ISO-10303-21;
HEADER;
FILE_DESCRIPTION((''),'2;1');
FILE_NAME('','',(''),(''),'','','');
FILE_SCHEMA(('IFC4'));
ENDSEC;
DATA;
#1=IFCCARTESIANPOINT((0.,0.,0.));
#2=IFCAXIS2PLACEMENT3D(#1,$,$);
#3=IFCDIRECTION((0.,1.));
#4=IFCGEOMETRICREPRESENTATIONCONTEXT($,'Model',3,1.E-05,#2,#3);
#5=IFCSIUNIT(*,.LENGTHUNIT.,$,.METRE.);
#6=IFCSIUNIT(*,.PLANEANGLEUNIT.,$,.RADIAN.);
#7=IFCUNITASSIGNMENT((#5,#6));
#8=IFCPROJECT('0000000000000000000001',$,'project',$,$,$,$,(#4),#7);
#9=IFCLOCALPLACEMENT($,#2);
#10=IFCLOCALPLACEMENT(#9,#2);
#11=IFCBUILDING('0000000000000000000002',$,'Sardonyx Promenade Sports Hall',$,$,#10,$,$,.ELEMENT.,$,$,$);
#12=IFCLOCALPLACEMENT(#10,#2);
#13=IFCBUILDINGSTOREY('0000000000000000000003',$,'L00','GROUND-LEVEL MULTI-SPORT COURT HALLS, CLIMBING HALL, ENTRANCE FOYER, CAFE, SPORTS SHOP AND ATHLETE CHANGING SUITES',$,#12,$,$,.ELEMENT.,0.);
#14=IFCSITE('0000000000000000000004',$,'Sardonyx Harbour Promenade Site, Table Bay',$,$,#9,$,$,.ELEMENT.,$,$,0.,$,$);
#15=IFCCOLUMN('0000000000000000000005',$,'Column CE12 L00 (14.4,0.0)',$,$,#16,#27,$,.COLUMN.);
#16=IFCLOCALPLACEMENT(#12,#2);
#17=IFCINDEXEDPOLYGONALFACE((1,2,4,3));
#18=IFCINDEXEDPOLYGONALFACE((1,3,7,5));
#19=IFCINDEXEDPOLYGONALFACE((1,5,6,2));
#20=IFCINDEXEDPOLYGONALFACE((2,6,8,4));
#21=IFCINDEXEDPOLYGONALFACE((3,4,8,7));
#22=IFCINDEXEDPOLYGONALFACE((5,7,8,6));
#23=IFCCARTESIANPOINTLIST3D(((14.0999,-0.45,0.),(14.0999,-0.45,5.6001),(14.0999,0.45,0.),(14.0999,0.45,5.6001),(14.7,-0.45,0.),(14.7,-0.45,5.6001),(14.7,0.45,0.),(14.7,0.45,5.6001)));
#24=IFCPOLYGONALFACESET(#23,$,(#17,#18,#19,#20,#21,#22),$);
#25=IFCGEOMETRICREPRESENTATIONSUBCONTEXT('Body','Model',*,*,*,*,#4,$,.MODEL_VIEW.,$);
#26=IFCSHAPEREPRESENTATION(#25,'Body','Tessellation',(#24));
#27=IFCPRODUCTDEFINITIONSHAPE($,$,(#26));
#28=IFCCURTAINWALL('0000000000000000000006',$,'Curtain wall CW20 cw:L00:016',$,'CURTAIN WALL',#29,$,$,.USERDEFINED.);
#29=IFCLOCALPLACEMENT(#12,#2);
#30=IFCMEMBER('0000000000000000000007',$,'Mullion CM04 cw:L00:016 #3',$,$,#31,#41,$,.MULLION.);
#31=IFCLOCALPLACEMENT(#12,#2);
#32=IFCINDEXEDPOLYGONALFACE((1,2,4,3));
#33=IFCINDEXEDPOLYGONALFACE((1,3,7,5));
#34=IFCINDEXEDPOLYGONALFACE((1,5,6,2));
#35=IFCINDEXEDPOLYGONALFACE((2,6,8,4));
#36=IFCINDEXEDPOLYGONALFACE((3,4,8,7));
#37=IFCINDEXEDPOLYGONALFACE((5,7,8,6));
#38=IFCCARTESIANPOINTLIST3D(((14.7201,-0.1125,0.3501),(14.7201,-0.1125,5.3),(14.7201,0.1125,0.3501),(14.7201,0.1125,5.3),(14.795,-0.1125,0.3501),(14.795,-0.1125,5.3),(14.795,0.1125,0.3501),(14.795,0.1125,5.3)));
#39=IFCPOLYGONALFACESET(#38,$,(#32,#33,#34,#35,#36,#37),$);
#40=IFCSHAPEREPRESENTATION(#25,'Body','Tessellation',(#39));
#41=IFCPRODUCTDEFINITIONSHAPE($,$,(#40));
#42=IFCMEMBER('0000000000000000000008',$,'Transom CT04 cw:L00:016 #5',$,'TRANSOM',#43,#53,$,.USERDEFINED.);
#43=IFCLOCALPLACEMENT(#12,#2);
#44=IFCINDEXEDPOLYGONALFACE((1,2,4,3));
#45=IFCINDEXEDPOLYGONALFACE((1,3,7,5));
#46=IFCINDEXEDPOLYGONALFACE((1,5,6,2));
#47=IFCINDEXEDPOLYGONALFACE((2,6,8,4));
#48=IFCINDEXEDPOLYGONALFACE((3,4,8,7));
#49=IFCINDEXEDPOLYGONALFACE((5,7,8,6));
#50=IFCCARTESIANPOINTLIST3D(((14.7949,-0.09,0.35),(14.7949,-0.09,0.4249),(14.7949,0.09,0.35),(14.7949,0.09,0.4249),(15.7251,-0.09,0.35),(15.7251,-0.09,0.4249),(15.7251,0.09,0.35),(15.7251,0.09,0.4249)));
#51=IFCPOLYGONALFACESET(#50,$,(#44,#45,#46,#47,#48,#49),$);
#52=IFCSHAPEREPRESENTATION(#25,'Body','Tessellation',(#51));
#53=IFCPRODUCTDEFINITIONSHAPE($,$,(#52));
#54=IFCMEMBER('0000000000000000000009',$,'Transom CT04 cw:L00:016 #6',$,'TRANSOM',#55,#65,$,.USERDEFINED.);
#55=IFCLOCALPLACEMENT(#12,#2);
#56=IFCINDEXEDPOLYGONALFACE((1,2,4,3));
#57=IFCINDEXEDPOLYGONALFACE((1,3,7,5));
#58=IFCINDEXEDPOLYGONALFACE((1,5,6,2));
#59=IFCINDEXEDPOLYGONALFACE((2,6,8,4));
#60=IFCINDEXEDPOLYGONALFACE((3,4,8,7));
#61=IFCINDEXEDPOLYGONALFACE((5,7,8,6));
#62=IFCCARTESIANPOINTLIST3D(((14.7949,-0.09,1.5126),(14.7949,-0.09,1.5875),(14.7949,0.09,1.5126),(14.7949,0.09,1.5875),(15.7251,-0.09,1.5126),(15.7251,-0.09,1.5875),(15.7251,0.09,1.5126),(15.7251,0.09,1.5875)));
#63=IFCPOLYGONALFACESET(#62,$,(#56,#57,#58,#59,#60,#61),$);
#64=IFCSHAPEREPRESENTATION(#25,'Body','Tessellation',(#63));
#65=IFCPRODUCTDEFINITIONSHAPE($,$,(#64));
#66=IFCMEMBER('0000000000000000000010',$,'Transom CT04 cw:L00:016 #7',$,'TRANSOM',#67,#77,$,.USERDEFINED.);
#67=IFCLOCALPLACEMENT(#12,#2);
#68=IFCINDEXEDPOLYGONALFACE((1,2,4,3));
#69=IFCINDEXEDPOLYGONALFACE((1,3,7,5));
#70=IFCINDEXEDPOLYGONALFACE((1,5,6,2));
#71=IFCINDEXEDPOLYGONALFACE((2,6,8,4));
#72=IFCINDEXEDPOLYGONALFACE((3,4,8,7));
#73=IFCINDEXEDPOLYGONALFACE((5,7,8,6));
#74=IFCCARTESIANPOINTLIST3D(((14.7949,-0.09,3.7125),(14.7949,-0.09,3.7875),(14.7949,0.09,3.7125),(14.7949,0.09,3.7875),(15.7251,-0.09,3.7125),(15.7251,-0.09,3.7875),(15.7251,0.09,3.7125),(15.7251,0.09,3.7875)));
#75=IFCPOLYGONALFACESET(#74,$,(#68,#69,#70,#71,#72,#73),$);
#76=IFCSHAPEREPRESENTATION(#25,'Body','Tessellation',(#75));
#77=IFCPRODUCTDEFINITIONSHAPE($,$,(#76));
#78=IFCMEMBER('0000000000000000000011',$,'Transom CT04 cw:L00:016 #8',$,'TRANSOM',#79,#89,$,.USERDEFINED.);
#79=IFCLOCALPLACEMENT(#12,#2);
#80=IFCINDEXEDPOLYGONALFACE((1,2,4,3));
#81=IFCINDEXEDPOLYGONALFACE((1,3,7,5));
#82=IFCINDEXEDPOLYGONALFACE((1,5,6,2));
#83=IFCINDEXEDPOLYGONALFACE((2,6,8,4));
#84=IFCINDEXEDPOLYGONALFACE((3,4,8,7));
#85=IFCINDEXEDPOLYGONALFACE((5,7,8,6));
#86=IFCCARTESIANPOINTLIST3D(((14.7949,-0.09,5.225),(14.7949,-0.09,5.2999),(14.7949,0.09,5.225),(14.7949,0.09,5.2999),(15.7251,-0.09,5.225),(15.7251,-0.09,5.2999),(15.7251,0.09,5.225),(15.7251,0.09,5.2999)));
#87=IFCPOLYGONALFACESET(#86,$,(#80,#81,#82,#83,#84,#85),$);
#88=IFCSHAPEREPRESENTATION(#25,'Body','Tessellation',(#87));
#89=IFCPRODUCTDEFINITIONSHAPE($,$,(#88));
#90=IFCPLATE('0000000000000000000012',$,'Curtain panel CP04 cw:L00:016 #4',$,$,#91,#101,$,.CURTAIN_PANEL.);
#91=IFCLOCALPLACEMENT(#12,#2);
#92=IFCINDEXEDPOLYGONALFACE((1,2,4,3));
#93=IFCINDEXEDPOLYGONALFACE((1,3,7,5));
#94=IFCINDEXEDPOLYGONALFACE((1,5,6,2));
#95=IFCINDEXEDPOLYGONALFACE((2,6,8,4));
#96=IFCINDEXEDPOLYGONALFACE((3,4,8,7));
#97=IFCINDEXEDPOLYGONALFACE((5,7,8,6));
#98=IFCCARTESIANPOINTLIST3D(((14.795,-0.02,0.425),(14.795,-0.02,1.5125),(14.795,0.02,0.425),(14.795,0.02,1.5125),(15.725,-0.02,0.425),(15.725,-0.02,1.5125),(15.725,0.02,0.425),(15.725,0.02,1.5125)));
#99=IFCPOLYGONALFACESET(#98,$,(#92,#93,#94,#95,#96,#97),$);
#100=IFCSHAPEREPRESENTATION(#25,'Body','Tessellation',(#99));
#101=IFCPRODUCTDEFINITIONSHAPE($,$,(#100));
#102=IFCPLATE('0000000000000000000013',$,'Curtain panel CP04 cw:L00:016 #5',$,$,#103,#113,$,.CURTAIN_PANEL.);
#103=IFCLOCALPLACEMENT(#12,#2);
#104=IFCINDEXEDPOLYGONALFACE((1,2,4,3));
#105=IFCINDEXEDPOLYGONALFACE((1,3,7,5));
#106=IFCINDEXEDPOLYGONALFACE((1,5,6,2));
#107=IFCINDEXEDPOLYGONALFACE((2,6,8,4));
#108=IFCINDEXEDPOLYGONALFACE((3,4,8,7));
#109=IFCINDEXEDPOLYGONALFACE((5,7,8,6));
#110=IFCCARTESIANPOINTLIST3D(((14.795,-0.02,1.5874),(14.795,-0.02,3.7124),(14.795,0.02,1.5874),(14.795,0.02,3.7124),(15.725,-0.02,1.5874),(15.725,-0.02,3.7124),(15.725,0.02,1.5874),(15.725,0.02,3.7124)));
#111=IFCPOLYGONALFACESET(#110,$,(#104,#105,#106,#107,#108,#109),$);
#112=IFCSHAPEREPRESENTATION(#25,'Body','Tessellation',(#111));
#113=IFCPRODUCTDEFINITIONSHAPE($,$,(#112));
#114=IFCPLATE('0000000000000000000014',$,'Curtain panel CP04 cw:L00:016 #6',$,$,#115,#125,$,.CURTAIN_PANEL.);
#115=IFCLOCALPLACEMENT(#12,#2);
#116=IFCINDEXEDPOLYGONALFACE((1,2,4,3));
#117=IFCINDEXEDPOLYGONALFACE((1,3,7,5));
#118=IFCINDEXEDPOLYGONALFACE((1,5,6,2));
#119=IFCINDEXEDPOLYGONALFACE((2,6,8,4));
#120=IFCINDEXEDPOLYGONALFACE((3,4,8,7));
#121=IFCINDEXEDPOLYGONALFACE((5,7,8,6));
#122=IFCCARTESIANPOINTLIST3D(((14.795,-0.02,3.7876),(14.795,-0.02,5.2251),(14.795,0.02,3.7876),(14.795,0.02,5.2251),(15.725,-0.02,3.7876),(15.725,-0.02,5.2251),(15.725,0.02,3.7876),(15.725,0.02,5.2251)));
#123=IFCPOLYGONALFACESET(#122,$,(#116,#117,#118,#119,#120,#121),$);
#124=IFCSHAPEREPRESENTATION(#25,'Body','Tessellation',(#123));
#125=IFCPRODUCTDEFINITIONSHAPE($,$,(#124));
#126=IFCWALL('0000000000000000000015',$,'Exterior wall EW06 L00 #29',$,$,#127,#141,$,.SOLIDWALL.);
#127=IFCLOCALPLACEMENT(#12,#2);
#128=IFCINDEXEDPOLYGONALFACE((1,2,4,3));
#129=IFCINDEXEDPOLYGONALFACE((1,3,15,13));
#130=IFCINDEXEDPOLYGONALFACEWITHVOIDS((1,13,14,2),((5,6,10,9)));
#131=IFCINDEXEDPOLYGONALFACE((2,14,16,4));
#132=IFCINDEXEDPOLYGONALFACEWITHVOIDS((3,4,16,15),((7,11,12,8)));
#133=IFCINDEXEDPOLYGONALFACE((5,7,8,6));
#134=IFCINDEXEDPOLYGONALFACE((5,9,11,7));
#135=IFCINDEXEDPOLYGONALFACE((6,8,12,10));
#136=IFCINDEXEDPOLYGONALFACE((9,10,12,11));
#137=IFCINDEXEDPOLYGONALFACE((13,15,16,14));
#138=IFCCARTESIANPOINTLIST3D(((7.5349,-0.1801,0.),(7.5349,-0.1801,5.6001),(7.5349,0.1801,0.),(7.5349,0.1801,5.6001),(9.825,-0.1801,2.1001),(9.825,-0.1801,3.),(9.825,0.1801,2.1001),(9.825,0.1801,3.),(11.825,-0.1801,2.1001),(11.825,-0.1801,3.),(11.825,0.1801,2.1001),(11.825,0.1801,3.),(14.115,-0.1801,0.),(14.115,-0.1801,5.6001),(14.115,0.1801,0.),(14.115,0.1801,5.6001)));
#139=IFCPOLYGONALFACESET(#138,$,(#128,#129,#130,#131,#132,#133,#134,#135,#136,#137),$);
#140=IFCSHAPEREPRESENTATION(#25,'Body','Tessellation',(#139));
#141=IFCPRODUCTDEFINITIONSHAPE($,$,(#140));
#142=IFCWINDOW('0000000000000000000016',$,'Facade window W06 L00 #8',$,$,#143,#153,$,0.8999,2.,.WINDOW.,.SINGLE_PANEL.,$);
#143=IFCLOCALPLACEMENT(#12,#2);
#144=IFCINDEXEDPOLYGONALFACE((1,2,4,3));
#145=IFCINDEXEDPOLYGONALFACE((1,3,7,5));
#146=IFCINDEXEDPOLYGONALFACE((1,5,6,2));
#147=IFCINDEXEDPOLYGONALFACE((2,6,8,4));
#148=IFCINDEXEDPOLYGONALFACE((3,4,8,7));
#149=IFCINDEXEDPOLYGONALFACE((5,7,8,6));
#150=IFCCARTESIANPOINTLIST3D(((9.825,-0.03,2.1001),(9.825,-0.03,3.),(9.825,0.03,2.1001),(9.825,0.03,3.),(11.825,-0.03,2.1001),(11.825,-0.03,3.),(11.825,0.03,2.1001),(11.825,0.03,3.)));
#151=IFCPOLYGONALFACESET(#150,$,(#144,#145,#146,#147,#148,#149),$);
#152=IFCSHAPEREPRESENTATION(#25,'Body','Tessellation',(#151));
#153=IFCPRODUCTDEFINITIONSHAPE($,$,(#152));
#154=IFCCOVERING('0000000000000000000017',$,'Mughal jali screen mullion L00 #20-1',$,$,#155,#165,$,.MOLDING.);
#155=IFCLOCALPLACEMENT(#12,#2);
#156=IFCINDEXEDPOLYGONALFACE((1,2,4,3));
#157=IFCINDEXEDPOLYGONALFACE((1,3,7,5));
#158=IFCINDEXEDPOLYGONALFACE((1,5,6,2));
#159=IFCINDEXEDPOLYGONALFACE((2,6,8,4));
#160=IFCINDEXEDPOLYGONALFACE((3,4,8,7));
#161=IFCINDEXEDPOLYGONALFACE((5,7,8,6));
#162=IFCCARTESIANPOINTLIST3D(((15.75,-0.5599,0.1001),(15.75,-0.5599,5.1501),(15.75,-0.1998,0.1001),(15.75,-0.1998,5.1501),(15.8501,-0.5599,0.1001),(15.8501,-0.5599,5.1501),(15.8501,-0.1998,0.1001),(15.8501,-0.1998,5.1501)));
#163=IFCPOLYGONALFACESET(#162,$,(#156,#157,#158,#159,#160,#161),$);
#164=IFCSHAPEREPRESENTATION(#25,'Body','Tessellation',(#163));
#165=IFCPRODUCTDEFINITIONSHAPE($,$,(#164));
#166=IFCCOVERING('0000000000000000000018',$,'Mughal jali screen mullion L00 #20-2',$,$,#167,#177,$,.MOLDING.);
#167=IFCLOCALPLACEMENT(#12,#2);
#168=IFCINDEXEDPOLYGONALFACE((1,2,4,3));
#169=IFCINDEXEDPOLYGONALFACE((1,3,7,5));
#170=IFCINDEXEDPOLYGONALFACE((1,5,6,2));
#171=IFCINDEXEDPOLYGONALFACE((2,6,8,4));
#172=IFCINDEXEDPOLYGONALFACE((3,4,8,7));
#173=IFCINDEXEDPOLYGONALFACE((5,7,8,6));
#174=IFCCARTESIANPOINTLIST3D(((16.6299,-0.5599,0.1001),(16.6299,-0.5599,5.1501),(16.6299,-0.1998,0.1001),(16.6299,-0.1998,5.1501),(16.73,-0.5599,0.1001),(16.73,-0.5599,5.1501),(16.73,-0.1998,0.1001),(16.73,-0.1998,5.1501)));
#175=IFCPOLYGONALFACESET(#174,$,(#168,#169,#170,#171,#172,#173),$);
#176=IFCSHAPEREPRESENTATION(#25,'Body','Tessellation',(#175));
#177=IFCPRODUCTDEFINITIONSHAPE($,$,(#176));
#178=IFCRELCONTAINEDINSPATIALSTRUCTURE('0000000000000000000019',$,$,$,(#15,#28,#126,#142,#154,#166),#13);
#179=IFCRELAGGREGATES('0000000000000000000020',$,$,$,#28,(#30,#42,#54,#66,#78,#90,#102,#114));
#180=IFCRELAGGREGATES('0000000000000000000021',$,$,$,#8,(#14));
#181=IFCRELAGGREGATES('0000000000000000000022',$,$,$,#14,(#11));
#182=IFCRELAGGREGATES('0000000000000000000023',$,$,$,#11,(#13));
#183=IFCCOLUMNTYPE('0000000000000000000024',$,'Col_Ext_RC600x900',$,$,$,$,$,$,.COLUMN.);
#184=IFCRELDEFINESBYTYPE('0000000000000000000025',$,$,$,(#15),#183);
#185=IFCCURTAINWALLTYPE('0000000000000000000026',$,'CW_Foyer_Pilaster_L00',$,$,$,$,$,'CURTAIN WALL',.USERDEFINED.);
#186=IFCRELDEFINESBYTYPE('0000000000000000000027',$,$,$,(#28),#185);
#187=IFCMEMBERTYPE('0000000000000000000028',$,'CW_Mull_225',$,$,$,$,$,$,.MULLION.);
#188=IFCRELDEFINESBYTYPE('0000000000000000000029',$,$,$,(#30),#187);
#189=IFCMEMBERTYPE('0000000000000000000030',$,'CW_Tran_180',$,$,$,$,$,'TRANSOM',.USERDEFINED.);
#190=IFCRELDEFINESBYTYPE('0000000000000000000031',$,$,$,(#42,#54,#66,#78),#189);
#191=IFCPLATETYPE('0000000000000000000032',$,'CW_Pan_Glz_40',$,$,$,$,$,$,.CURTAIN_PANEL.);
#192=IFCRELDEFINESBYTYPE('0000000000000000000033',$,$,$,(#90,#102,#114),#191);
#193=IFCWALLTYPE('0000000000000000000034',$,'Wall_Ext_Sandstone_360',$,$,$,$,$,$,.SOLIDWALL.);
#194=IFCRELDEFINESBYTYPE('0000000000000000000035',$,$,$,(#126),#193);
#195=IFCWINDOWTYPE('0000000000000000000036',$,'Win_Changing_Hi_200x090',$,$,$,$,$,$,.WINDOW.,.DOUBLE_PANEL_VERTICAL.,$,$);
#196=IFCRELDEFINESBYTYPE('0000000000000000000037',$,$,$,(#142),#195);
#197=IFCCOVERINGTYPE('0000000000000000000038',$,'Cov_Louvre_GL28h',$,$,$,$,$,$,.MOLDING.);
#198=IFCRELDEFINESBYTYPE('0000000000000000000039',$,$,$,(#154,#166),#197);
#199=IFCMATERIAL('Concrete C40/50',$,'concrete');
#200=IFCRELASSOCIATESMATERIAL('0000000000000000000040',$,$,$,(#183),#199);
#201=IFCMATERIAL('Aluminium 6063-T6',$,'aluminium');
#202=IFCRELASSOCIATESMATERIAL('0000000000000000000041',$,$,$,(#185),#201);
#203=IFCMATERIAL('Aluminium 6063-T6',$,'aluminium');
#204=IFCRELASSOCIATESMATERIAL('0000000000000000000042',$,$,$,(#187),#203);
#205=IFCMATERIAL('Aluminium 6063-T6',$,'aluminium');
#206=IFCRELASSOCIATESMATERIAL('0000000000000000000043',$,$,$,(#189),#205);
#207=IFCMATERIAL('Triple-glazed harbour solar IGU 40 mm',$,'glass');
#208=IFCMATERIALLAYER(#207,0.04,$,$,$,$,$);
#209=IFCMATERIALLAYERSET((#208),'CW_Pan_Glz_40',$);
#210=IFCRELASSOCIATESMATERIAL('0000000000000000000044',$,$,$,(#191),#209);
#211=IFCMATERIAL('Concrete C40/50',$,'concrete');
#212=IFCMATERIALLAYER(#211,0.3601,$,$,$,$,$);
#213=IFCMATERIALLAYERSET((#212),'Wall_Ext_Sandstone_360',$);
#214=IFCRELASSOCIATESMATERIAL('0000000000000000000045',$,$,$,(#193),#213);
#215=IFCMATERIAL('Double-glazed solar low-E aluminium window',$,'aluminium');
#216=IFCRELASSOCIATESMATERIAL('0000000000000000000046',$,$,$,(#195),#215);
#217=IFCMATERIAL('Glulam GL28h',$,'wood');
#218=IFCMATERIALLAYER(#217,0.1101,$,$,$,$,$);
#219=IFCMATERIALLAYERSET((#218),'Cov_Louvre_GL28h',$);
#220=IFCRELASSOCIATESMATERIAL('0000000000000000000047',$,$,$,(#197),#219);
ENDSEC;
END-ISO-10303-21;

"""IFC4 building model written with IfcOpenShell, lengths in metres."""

from ifc_helpers import new_model, si_unit, direction, frame, frame_2d, origin, origin_2d, place, context, subcontext, project, spatial, rectangle, extrude, material, layer, layer_set, material_profile, profile_set, type_object, element, fill, aggregate, save


model = new_model("IFC4")

# Units and contexts
model_context = context("Model", 3, precision=1e-05, world=origin(), true_north=direction((0.0, 1.0)))
body_context = subcontext(model_context, "Body", "Model", "MODEL_VIEW")
ifc_project = project(units=[si_unit("LENGTHUNIT", "METRE"), si_unit("PLANEANGLEUNIT", "RADIAN")], contexts=[model_context])

# Site, building, storey
site_placement = place(None, origin())
site = spatial("IfcSite", under=ifc_project, at=site_placement, Name="Sardonyx Harbour Promenade Site, Table Bay", CompositionType="ELEMENT", RefElevation=0.0)
building_placement = place(site_placement, origin())
building = spatial("IfcBuilding", under=site, at=building_placement, Name="Sardonyx Promenade Sports Hall", CompositionType="ELEMENT")
storey_placement = place(building_placement, origin())
storey = spatial("IfcBuildingStorey", under=building, at=storey_placement, Name="L00", Description="GROUND-LEVEL MULTI-SPORT COURT HALLS, CLIMBING HALL, ENTRANCE FOYER, CAFE, SPORTS SHOP AND ATHLETE CHANGING SUITES", CompositionType="ELEMENT", Elevation=0.0)

# Column
ifc_material_1 = material(Name="Concrete C40/50", Category="concrete")
ifc_material_profile_1 = material_profile(ifc_material_1, rectangle(XDim=0.6001, YDim=0.8999, at=origin_2d()))
ifc_profile_set_1 = profile_set([ifc_material_profile_1], Name="Concrete C40/50")
column_type = type_object("IfcColumnType", Name="Col_Ext_RC600x900", PredefinedType="COLUMN", material=ifc_profile_set_1)
column_placement = place(storey_placement, frame((14.3999, 0.0, 0.0), z_axis=(0.0, 0.0, 1.0), x_axis=(1.0, 0.0, 0.0)))
element("IfcColumn", 1, at=column_placement, inside=storey, type_object=column_type, Name="Column CE12 L00 (14.4,0.0)", PredefinedType="COLUMN", context=body_context, shape_type="SweptSolid", body=[
    extrude(rectangle(XDim=0.6001, YDim=0.8999, at=origin_2d()), origin(), (0.0, 0.0, 1.0), 5.6001),
])

# Curtain wall, members, plates
ifc_material_2 = material(Name="Aluminium 6063-T6", Category="aluminium")
curtain_wall_type = type_object("IfcCurtainWallType", Name="CW_Foyer_Pilaster_L00", ElementType="CURTAIN WALL", PredefinedType="USERDEFINED", material=ifc_material_2)
curtain_wall_placement = place(storey_placement, origin())
curtain_wall = element("IfcCurtainWall", 2, at=curtain_wall_placement, inside=storey, type_object=curtain_wall_type, Name="Curtain wall CW20 cw:L00:016", ObjectType="CURTAIN WALL", PredefinedType="USERDEFINED")
ifc_material_3 = material(Name="Aluminium 6063-T6", Category="aluminium")
ifc_material_profile_2 = material_profile(ifc_material_3, rectangle(XDim=0.075, YDim=0.2251, at=origin_2d()))
ifc_profile_set_2 = profile_set([ifc_material_profile_2], Name="Aluminium 6063-T6")
member_type_1 = type_object("IfcMemberType", Name="CW_Mull_225", PredefinedType="MULLION", material=ifc_profile_set_2)
member_1_placement = place(storey_placement, frame((14.7576, 0.0, 0.3501), z_axis=(0.0, 0.0, 1.0), x_axis=(-1.0, 0.0, 0.0)))
member_1 = element("IfcMember", 3, at=member_1_placement, type_object=member_type_1, Name="Mullion CM04 cw:L00:016 #3", PredefinedType="MULLION", context=body_context, shape_type="SweptSolid", body=[
    extrude(rectangle(XDim=0.075, YDim=0.2251, at=origin_2d()), origin(), (0.0, 0.0, 1.0), 4.95),
])
ifc_material_4 = material(Name="Aluminium 6063-T6", Category="aluminium")
ifc_material_profile_3 = material_profile(ifc_material_4, rectangle(XDim=0.075, YDim=0.1799, at=origin_2d()))
ifc_profile_set_3 = profile_set([ifc_material_profile_3], Name="Aluminium 6063-T6")
member_type_2 = type_object("IfcMemberType", Name="CW_Tran_180", ElementType="TRANSOM", PredefinedType="USERDEFINED", material=ifc_profile_set_3)
member_2_placement = place(storey_placement, frame((15.7251, 0.0, 0.3875), z_axis=(-1.0, 0.0, 0.0), x_axis=(0.0, 0.0, 1.0)))
member_2 = element("IfcMember", 4, at=member_2_placement, type_object=member_type_2, Name="Transom CT04 cw:L00:016 #5", ObjectType="TRANSOM", PredefinedType="USERDEFINED", context=body_context, shape_type="SweptSolid", body=[
    extrude(rectangle(XDim=0.075, YDim=0.1799, at=origin_2d()), origin(), (0.0, 0.0, 1.0), 0.9302),
])
member_3_placement = place(storey_placement, frame((15.7251, 0.0, 1.55), z_axis=(-1.0, 0.0, 0.0), x_axis=(0.0, 0.0, 1.0)))
member_3 = element("IfcMember", 5, at=member_3_placement, type_object=member_type_2, Name="Transom CT04 cw:L00:016 #6", ObjectType="TRANSOM", PredefinedType="USERDEFINED", context=body_context, shape_type="SweptSolid", body=[
    extrude(rectangle(XDim=0.075, YDim=0.1799, at=origin_2d()), origin(), (0.0, 0.0, 1.0), 0.9302),
])
member_4_placement = place(storey_placement, frame((15.7251, 0.0, 3.75), z_axis=(-1.0, 0.0, 0.0), x_axis=(0.0, 0.0, 1.0)))
member_4 = element("IfcMember", 6, at=member_4_placement, type_object=member_type_2, Name="Transom CT04 cw:L00:016 #7", ObjectType="TRANSOM", PredefinedType="USERDEFINED", context=body_context, shape_type="SweptSolid", body=[
    extrude(rectangle(XDim=0.075, YDim=0.1799, at=origin_2d()), origin(), (0.0, 0.0, 1.0), 0.9302),
])
member_5_placement = place(storey_placement, frame((15.7251, 0.0, 5.2625), z_axis=(-1.0, 0.0, 0.0), x_axis=(0.0, 0.0, 1.0)))
member_5 = element("IfcMember", 7, at=member_5_placement, type_object=member_type_2, Name="Transom CT04 cw:L00:016 #8", ObjectType="TRANSOM", PredefinedType="USERDEFINED", context=body_context, shape_type="SweptSolid", body=[
    extrude(rectangle(XDim=0.075, YDim=0.1799, at=origin_2d()), origin(), (0.0, 0.0, 1.0), 0.9302),
])
ifc_material_5 = material(Name="Triple-glazed harbour solar IGU 40 mm", Category="glass")
ifc_layer_1 = layer(ifc_material_5, 0.04)
ifc_layer_set_1 = layer_set([ifc_layer_1], Name="CW_Pan_Glz_40")
plate_type = type_object("IfcPlateType", Name="CW_Pan_Glz_40", PredefinedType="CURTAIN_PANEL", material=ifc_layer_set_1)
plate_1_placement = place(storey_placement, frame((15.26, 0.0, 0.425), z_axis=(0.0, 0.0, 1.0), x_axis=(-1.0, 0.0, 0.0)))
plate_1 = element("IfcPlate", 8, at=plate_1_placement, type_object=plate_type, Name="Curtain panel CP04 cw:L00:016 #4", PredefinedType="CURTAIN_PANEL", context=body_context, shape_type="SweptSolid", body=[
    extrude(rectangle(XDim=0.9299, YDim=0.04, at=origin_2d()), origin(), (0.0, 0.0, 1.0), 1.0874),
])
plate_2_placement = place(storey_placement, frame((15.26, 0.0, 1.5874), z_axis=(0.0, 0.0, 1.0), x_axis=(-1.0, 0.0, 0.0)))
plate_2 = element("IfcPlate", 9, at=plate_2_placement, type_object=plate_type, Name="Curtain panel CP04 cw:L00:016 #5", PredefinedType="CURTAIN_PANEL", context=body_context, shape_type="SweptSolid", body=[
    extrude(rectangle(XDim=0.9299, YDim=0.04, at=origin_2d()), origin(), (0.0, 0.0, 1.0), 2.125),
])
plate_3_placement = place(storey_placement, frame((15.26, 0.0, 3.7876), z_axis=(0.0, 0.0, 1.0), x_axis=(-1.0, 0.0, 0.0)))
plate_3 = element("IfcPlate", 10, at=plate_3_placement, type_object=plate_type, Name="Curtain panel CP04 cw:L00:016 #6", PredefinedType="CURTAIN_PANEL", context=body_context, shape_type="SweptSolid", body=[
    extrude(rectangle(XDim=0.9299, YDim=0.04, at=origin_2d()), origin(), (0.0, 0.0, 1.0), 1.4375),
])
aggregate(curtain_wall, [member_1, member_2, member_3, member_4, member_5, plate_1, plate_2, plate_3])

# Wall, opening, window
ifc_material_6 = material(Name="Concrete C40/50", Category="concrete")
ifc_layer_2 = layer(ifc_material_6, 0.3601)
ifc_layer_set_2 = layer_set([ifc_layer_2], Name="Wall_Ext_Sandstone_360")
wall_type = type_object("IfcWallType", Name="Wall_Ext_Sandstone_360", PredefinedType="SOLIDWALL", material=ifc_layer_set_2)
wall_placement = place(storey_placement, frame((14.115, 0.0, 0.0), z_axis=(0.0, 0.0, 1.0), x_axis=(-1.0, 0.0, 0.0)))
wall = element("IfcWall", 11, at=wall_placement, inside=storey, type_object=wall_type, Name="Exterior wall EW06 L00 #29", PredefinedType="SOLIDWALL", context=body_context, shape_type="SweptSolid", body=[
    extrude(rectangle(XDim=6.5801, YDim=0.3601, at=frame_2d((3.29, 0.0))), origin(), (0.0, 0.0, 1.0), 5.6001),
])
opening_placement = place(wall_placement, frame((2.29, 0.0, 2.1001)))
opening = element("IfcOpeningElement", 12, at=opening_placement, cuts=wall, PredefinedType="OPENING", context=body_context, shape_type="SweptSolid", body=[
    extrude(rectangle(XDim=2.0, YDim=0.8999, at=frame_2d((1.0, 0.45))), frame((0.0, 0.19, 0.0), z_axis=(0.0, -1.0, 0.0), x_axis=(1.0, 0.0, 0.0)), (0.0, 0.0, 1.0), 0.38),
])
ifc_material_7 = material(Name="Double-glazed solar low-E aluminium window", Category="aluminium")
window_type = type_object("IfcWindowType", Name="Win_Changing_Hi_200x090", PartitioningType="DOUBLE_PANEL_VERTICAL", PredefinedType="WINDOW", material=ifc_material_7)
window_placement = place(opening_placement, origin())
window = element("IfcWindow", 13, at=window_placement, inside=storey, type_object=window_type, Name="Facade window W06 L00 #8", OverallHeight=0.8999, OverallWidth=2.0, PartitioningType="SINGLE_PANEL", PredefinedType="WINDOW", context=body_context, shape_type="SweptSolid", body=[
    extrude(rectangle(XDim=2.0, YDim=0.8999, at=frame_2d((1.0, 0.45))), frame((0.0, 0.03, 0.0), z_axis=(0.0, -1.0, 0.0), x_axis=(1.0, 0.0, 0.0)), (0.0, 0.0, 1.0), 0.0601),
])
fill(opening, window)

# Coverings
ifc_material_8 = material(Name="Glulam GL28h", Category="wood")
ifc_layer_3 = layer(ifc_material_8, 0.1101)
ifc_layer_set_3 = layer_set([ifc_layer_3], Name="Cov_Louvre_GL28h")
covering_type_1 = type_object("IfcCoveringType", Name="Cov_Louvre_GL28h", PredefinedType="MOLDING", material=ifc_layer_set_3)
for number, where, z_axis, x_axis, name in (
    (14, (15.8, -0.3799, 0.1001), (0.0, 0.0, 1.0), (1.0, 0.0, 0.0), "Mughal jali screen mullion L00 #20-1"),
    (15, (16.6799, -0.3799, 0.1001), (0.0, 0.0, 1.0), (1.0, 0.0, 0.0), "Mughal jali screen mullion L00 #20-2"),
):
    element("IfcCovering", number, at=place(storey_placement, frame(where, z_axis=z_axis, x_axis=x_axis)), inside=storey, type_object=covering_type_1, Name=name, PredefinedType="MOLDING", context=body_context, shape_type="SweptSolid", body=[
        extrude(rectangle(XDim=0.1001, YDim=0.3601, at=origin_2d()), origin(), (0.0, 0.0, 1.0), 5.05),
    ])

save(model, "model.ifc")
